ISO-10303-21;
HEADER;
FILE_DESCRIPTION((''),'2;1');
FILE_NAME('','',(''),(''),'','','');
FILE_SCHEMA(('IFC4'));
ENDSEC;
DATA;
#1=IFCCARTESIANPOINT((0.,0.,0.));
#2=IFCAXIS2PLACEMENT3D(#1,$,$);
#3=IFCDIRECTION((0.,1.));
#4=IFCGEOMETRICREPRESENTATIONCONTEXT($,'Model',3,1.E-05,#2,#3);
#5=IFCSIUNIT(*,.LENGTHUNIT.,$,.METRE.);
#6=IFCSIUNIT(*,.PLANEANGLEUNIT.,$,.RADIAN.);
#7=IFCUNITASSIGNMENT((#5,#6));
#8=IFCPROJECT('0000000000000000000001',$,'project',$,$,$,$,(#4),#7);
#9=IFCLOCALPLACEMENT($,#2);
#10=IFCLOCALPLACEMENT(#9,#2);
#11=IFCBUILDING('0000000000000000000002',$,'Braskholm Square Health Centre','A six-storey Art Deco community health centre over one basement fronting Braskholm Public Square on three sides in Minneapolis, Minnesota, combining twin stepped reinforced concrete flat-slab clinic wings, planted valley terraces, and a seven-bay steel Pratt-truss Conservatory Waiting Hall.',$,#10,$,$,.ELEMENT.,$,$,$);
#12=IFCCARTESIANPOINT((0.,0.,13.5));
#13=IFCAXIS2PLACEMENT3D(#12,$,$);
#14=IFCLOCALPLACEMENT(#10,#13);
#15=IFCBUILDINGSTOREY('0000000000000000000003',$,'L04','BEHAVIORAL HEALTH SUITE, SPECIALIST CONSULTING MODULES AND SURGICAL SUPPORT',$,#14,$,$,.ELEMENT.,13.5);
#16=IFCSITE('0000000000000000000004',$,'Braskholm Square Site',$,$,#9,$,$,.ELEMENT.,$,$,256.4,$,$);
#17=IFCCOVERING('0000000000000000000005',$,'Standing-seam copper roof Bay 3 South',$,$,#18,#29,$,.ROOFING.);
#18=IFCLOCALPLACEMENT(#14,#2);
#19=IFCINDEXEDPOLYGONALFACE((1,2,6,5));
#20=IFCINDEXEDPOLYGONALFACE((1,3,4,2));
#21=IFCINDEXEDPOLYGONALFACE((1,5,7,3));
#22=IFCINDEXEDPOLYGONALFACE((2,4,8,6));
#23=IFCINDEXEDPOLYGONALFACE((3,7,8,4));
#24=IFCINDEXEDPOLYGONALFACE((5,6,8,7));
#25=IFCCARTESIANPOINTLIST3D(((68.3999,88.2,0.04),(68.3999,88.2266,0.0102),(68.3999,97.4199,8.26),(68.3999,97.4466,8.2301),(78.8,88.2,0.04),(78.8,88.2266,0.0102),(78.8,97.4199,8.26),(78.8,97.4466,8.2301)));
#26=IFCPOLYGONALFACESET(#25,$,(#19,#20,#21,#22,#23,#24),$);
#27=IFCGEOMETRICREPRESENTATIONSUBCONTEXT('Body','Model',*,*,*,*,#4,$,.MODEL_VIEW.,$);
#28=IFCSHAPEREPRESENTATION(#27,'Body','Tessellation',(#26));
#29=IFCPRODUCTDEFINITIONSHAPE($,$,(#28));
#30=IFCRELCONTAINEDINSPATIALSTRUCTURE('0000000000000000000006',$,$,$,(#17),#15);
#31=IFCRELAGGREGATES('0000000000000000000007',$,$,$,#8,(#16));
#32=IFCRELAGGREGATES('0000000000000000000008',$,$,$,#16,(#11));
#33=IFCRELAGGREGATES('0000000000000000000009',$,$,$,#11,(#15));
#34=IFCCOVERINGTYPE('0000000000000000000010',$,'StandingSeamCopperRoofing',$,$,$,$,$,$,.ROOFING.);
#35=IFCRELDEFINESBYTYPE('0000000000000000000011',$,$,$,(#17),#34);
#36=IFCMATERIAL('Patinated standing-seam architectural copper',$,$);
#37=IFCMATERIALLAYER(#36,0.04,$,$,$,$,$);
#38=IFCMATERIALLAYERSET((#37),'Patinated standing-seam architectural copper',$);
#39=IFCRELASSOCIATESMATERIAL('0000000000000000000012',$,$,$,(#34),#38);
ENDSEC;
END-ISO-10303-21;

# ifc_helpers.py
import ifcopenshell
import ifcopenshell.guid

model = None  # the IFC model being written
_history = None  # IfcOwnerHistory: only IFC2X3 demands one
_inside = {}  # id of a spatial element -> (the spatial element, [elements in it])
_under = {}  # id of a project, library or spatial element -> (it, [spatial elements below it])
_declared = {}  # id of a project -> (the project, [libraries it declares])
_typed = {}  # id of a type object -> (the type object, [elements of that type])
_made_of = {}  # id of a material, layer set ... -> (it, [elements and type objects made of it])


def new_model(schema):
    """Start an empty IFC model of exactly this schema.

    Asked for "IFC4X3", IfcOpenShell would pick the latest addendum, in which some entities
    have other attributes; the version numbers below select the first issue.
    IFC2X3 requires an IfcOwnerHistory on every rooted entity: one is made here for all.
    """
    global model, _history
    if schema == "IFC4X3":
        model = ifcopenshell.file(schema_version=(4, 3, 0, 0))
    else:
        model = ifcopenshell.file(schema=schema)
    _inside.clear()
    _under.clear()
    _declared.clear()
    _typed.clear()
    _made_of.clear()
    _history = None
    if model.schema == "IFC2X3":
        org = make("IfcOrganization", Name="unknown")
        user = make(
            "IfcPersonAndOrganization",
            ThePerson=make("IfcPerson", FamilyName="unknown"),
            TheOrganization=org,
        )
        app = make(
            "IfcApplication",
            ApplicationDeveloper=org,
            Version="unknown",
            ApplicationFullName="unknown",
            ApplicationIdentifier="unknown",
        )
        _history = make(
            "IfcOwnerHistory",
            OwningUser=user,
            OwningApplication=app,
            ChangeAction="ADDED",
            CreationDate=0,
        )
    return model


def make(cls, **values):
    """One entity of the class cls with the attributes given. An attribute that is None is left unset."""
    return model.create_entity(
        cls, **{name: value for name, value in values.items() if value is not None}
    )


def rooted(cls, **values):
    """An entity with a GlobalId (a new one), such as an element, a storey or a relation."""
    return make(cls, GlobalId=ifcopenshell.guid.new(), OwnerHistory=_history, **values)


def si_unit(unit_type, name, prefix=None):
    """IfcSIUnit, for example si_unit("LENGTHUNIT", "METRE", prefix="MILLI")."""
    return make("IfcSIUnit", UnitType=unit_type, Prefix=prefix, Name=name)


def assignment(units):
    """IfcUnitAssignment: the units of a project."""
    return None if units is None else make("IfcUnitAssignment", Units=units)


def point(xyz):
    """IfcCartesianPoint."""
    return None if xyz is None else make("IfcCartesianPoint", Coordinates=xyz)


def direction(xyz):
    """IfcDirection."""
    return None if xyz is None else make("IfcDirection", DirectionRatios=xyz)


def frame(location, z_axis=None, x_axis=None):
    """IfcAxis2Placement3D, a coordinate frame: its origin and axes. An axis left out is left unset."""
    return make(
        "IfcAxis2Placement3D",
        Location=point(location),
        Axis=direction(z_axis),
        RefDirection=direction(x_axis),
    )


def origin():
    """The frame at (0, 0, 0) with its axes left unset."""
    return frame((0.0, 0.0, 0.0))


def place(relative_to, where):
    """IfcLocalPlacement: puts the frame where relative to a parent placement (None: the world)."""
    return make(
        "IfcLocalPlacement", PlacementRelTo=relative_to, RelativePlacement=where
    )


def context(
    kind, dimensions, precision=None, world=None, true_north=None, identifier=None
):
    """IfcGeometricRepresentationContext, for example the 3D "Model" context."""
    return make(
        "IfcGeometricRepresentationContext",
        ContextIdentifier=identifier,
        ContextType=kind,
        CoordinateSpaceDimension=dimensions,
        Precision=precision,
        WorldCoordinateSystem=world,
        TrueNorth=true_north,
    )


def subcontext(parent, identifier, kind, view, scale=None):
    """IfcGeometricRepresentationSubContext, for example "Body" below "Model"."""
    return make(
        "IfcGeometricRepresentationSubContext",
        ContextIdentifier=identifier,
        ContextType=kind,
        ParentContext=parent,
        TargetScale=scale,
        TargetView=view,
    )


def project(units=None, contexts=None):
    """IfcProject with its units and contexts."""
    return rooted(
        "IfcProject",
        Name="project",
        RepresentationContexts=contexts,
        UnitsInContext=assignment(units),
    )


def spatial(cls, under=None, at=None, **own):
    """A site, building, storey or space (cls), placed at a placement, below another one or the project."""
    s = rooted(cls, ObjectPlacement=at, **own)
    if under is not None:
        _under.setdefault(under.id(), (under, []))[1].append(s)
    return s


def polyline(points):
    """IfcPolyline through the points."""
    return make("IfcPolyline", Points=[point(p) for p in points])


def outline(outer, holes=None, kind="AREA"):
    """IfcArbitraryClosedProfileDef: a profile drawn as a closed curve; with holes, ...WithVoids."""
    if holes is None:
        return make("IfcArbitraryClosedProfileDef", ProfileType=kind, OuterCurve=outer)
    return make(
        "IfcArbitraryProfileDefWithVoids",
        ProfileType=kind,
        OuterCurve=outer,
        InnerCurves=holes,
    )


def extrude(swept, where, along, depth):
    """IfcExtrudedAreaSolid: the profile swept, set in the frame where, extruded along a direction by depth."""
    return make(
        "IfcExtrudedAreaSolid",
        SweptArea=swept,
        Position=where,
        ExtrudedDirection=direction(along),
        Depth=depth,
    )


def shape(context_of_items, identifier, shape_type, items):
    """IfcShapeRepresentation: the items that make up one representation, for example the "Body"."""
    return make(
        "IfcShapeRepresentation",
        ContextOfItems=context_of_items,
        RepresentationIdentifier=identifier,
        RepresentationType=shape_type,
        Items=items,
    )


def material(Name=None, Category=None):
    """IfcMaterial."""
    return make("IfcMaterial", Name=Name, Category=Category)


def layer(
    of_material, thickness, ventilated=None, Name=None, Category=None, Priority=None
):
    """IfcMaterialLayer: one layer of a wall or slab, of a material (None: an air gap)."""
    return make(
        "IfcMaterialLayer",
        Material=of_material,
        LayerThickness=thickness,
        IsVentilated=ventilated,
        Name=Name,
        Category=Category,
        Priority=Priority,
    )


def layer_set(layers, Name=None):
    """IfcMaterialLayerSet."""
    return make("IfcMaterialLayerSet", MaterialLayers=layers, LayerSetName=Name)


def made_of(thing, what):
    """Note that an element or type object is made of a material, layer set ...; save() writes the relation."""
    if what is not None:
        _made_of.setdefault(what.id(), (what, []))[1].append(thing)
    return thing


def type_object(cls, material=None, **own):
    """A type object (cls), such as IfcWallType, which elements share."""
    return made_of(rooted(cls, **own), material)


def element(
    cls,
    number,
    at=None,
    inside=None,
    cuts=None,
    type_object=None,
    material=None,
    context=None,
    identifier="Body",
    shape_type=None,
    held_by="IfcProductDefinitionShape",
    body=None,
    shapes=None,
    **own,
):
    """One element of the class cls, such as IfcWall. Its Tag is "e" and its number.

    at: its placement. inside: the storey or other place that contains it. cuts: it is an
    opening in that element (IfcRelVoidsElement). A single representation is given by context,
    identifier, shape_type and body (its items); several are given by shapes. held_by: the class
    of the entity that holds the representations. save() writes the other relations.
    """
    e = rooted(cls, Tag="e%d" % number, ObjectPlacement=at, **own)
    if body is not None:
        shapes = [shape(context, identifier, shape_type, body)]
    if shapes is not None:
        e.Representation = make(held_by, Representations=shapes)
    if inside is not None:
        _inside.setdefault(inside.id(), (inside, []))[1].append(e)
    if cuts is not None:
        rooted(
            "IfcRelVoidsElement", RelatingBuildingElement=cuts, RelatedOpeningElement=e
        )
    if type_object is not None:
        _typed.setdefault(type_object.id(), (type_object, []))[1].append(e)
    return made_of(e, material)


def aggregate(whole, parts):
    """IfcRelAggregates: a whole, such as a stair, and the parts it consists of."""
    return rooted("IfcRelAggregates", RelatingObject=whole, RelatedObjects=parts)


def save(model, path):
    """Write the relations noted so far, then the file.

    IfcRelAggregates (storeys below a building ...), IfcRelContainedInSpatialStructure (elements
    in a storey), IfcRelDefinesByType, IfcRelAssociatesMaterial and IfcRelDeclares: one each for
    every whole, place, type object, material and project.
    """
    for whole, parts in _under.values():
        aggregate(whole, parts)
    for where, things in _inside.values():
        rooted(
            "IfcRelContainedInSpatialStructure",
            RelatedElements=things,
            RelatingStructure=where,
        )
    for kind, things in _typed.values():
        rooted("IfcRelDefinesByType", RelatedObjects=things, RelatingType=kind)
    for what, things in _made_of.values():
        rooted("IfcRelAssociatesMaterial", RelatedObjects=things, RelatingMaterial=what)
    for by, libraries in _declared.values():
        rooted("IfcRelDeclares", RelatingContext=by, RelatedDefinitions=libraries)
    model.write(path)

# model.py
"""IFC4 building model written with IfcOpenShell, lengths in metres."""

from ifc_helpers import new_model, si_unit, direction, frame, origin, place, context, subcontext, project, spatial, polyline, outline, extrude, material, layer, layer_set, type_object, element, save


model = new_model("IFC4")

# Units and contexts
model_context = context("Model", 3, precision=1e-05, world=origin(), true_north=direction((0.0, 1.0)))
body_context = subcontext(model_context, "Body", "Model", "MODEL_VIEW")
ifc_project = project(units=[si_unit("LENGTHUNIT", "METRE"), si_unit("PLANEANGLEUNIT", "RADIAN")], contexts=[model_context])

# Site, building, storey
site_placement = place(None, origin())
site = spatial("IfcSite", under=ifc_project, at=site_placement, Name="Braskholm Square Site", CompositionType="ELEMENT", RefElevation=256.4)
building_placement = place(site_placement, origin())
building = spatial("IfcBuilding", under=site, at=building_placement, Name="Braskholm Square Health Centre", Description="A six-storey Art Deco community health centre over one basement fronting Braskholm Public Square on three sides in Minneapolis, Minnesota, combining twin stepped reinforced concrete flat-slab clinic wings, planted valley terraces, and a seven-bay steel Pratt-truss Conservatory Waiting Hall.", CompositionType="ELEMENT")
storey_placement = place(building_placement, frame((0.0, 0.0, 13.5)))
storey = spatial("IfcBuildingStorey", under=building, at=storey_placement, Name="L04", Description="BEHAVIORAL HEALTH SUITE, SPECIALIST CONSULTING MODULES AND SURGICAL SUPPORT", CompositionType="ELEMENT", Elevation=13.5)

# Shared definitions
ifc_material_1 = material(Name="Patinated standing-seam architectural copper")

# Covering
ifc_layer_1 = layer(ifc_material_1, 0.04)
ifc_layer_set_1 = layer_set([ifc_layer_1], Name="Patinated standing-seam architectural copper")
covering_type = type_object("IfcCoveringType", Name="StandingSeamCopperRoofing", PredefinedType="ROOFING", material=ifc_layer_set_1)
covering_placement = place(storey_placement, frame((68.3999, 88.2, 0.04), z_axis=(0.0, -0.665468, 0.746426), x_axis=(1.0, 0.0, 0.0)))
element("IfcCovering", 1, at=covering_placement, inside=storey, type_object=covering_type, Name="Standing-seam copper roof Bay 3 South", PredefinedType="ROOFING", context=body_context, shape_type="SweptSolid", body=[
    extrude(outline(polyline([(0.0, 0.0), (10.4001, 0.0), (10.4001, 12.3522), (0.0, 12.3522), (0.0, 0.0)])), origin(), (0.0, 0.0, -1.0), 0.04),
])

save(model, "model.ifc")
